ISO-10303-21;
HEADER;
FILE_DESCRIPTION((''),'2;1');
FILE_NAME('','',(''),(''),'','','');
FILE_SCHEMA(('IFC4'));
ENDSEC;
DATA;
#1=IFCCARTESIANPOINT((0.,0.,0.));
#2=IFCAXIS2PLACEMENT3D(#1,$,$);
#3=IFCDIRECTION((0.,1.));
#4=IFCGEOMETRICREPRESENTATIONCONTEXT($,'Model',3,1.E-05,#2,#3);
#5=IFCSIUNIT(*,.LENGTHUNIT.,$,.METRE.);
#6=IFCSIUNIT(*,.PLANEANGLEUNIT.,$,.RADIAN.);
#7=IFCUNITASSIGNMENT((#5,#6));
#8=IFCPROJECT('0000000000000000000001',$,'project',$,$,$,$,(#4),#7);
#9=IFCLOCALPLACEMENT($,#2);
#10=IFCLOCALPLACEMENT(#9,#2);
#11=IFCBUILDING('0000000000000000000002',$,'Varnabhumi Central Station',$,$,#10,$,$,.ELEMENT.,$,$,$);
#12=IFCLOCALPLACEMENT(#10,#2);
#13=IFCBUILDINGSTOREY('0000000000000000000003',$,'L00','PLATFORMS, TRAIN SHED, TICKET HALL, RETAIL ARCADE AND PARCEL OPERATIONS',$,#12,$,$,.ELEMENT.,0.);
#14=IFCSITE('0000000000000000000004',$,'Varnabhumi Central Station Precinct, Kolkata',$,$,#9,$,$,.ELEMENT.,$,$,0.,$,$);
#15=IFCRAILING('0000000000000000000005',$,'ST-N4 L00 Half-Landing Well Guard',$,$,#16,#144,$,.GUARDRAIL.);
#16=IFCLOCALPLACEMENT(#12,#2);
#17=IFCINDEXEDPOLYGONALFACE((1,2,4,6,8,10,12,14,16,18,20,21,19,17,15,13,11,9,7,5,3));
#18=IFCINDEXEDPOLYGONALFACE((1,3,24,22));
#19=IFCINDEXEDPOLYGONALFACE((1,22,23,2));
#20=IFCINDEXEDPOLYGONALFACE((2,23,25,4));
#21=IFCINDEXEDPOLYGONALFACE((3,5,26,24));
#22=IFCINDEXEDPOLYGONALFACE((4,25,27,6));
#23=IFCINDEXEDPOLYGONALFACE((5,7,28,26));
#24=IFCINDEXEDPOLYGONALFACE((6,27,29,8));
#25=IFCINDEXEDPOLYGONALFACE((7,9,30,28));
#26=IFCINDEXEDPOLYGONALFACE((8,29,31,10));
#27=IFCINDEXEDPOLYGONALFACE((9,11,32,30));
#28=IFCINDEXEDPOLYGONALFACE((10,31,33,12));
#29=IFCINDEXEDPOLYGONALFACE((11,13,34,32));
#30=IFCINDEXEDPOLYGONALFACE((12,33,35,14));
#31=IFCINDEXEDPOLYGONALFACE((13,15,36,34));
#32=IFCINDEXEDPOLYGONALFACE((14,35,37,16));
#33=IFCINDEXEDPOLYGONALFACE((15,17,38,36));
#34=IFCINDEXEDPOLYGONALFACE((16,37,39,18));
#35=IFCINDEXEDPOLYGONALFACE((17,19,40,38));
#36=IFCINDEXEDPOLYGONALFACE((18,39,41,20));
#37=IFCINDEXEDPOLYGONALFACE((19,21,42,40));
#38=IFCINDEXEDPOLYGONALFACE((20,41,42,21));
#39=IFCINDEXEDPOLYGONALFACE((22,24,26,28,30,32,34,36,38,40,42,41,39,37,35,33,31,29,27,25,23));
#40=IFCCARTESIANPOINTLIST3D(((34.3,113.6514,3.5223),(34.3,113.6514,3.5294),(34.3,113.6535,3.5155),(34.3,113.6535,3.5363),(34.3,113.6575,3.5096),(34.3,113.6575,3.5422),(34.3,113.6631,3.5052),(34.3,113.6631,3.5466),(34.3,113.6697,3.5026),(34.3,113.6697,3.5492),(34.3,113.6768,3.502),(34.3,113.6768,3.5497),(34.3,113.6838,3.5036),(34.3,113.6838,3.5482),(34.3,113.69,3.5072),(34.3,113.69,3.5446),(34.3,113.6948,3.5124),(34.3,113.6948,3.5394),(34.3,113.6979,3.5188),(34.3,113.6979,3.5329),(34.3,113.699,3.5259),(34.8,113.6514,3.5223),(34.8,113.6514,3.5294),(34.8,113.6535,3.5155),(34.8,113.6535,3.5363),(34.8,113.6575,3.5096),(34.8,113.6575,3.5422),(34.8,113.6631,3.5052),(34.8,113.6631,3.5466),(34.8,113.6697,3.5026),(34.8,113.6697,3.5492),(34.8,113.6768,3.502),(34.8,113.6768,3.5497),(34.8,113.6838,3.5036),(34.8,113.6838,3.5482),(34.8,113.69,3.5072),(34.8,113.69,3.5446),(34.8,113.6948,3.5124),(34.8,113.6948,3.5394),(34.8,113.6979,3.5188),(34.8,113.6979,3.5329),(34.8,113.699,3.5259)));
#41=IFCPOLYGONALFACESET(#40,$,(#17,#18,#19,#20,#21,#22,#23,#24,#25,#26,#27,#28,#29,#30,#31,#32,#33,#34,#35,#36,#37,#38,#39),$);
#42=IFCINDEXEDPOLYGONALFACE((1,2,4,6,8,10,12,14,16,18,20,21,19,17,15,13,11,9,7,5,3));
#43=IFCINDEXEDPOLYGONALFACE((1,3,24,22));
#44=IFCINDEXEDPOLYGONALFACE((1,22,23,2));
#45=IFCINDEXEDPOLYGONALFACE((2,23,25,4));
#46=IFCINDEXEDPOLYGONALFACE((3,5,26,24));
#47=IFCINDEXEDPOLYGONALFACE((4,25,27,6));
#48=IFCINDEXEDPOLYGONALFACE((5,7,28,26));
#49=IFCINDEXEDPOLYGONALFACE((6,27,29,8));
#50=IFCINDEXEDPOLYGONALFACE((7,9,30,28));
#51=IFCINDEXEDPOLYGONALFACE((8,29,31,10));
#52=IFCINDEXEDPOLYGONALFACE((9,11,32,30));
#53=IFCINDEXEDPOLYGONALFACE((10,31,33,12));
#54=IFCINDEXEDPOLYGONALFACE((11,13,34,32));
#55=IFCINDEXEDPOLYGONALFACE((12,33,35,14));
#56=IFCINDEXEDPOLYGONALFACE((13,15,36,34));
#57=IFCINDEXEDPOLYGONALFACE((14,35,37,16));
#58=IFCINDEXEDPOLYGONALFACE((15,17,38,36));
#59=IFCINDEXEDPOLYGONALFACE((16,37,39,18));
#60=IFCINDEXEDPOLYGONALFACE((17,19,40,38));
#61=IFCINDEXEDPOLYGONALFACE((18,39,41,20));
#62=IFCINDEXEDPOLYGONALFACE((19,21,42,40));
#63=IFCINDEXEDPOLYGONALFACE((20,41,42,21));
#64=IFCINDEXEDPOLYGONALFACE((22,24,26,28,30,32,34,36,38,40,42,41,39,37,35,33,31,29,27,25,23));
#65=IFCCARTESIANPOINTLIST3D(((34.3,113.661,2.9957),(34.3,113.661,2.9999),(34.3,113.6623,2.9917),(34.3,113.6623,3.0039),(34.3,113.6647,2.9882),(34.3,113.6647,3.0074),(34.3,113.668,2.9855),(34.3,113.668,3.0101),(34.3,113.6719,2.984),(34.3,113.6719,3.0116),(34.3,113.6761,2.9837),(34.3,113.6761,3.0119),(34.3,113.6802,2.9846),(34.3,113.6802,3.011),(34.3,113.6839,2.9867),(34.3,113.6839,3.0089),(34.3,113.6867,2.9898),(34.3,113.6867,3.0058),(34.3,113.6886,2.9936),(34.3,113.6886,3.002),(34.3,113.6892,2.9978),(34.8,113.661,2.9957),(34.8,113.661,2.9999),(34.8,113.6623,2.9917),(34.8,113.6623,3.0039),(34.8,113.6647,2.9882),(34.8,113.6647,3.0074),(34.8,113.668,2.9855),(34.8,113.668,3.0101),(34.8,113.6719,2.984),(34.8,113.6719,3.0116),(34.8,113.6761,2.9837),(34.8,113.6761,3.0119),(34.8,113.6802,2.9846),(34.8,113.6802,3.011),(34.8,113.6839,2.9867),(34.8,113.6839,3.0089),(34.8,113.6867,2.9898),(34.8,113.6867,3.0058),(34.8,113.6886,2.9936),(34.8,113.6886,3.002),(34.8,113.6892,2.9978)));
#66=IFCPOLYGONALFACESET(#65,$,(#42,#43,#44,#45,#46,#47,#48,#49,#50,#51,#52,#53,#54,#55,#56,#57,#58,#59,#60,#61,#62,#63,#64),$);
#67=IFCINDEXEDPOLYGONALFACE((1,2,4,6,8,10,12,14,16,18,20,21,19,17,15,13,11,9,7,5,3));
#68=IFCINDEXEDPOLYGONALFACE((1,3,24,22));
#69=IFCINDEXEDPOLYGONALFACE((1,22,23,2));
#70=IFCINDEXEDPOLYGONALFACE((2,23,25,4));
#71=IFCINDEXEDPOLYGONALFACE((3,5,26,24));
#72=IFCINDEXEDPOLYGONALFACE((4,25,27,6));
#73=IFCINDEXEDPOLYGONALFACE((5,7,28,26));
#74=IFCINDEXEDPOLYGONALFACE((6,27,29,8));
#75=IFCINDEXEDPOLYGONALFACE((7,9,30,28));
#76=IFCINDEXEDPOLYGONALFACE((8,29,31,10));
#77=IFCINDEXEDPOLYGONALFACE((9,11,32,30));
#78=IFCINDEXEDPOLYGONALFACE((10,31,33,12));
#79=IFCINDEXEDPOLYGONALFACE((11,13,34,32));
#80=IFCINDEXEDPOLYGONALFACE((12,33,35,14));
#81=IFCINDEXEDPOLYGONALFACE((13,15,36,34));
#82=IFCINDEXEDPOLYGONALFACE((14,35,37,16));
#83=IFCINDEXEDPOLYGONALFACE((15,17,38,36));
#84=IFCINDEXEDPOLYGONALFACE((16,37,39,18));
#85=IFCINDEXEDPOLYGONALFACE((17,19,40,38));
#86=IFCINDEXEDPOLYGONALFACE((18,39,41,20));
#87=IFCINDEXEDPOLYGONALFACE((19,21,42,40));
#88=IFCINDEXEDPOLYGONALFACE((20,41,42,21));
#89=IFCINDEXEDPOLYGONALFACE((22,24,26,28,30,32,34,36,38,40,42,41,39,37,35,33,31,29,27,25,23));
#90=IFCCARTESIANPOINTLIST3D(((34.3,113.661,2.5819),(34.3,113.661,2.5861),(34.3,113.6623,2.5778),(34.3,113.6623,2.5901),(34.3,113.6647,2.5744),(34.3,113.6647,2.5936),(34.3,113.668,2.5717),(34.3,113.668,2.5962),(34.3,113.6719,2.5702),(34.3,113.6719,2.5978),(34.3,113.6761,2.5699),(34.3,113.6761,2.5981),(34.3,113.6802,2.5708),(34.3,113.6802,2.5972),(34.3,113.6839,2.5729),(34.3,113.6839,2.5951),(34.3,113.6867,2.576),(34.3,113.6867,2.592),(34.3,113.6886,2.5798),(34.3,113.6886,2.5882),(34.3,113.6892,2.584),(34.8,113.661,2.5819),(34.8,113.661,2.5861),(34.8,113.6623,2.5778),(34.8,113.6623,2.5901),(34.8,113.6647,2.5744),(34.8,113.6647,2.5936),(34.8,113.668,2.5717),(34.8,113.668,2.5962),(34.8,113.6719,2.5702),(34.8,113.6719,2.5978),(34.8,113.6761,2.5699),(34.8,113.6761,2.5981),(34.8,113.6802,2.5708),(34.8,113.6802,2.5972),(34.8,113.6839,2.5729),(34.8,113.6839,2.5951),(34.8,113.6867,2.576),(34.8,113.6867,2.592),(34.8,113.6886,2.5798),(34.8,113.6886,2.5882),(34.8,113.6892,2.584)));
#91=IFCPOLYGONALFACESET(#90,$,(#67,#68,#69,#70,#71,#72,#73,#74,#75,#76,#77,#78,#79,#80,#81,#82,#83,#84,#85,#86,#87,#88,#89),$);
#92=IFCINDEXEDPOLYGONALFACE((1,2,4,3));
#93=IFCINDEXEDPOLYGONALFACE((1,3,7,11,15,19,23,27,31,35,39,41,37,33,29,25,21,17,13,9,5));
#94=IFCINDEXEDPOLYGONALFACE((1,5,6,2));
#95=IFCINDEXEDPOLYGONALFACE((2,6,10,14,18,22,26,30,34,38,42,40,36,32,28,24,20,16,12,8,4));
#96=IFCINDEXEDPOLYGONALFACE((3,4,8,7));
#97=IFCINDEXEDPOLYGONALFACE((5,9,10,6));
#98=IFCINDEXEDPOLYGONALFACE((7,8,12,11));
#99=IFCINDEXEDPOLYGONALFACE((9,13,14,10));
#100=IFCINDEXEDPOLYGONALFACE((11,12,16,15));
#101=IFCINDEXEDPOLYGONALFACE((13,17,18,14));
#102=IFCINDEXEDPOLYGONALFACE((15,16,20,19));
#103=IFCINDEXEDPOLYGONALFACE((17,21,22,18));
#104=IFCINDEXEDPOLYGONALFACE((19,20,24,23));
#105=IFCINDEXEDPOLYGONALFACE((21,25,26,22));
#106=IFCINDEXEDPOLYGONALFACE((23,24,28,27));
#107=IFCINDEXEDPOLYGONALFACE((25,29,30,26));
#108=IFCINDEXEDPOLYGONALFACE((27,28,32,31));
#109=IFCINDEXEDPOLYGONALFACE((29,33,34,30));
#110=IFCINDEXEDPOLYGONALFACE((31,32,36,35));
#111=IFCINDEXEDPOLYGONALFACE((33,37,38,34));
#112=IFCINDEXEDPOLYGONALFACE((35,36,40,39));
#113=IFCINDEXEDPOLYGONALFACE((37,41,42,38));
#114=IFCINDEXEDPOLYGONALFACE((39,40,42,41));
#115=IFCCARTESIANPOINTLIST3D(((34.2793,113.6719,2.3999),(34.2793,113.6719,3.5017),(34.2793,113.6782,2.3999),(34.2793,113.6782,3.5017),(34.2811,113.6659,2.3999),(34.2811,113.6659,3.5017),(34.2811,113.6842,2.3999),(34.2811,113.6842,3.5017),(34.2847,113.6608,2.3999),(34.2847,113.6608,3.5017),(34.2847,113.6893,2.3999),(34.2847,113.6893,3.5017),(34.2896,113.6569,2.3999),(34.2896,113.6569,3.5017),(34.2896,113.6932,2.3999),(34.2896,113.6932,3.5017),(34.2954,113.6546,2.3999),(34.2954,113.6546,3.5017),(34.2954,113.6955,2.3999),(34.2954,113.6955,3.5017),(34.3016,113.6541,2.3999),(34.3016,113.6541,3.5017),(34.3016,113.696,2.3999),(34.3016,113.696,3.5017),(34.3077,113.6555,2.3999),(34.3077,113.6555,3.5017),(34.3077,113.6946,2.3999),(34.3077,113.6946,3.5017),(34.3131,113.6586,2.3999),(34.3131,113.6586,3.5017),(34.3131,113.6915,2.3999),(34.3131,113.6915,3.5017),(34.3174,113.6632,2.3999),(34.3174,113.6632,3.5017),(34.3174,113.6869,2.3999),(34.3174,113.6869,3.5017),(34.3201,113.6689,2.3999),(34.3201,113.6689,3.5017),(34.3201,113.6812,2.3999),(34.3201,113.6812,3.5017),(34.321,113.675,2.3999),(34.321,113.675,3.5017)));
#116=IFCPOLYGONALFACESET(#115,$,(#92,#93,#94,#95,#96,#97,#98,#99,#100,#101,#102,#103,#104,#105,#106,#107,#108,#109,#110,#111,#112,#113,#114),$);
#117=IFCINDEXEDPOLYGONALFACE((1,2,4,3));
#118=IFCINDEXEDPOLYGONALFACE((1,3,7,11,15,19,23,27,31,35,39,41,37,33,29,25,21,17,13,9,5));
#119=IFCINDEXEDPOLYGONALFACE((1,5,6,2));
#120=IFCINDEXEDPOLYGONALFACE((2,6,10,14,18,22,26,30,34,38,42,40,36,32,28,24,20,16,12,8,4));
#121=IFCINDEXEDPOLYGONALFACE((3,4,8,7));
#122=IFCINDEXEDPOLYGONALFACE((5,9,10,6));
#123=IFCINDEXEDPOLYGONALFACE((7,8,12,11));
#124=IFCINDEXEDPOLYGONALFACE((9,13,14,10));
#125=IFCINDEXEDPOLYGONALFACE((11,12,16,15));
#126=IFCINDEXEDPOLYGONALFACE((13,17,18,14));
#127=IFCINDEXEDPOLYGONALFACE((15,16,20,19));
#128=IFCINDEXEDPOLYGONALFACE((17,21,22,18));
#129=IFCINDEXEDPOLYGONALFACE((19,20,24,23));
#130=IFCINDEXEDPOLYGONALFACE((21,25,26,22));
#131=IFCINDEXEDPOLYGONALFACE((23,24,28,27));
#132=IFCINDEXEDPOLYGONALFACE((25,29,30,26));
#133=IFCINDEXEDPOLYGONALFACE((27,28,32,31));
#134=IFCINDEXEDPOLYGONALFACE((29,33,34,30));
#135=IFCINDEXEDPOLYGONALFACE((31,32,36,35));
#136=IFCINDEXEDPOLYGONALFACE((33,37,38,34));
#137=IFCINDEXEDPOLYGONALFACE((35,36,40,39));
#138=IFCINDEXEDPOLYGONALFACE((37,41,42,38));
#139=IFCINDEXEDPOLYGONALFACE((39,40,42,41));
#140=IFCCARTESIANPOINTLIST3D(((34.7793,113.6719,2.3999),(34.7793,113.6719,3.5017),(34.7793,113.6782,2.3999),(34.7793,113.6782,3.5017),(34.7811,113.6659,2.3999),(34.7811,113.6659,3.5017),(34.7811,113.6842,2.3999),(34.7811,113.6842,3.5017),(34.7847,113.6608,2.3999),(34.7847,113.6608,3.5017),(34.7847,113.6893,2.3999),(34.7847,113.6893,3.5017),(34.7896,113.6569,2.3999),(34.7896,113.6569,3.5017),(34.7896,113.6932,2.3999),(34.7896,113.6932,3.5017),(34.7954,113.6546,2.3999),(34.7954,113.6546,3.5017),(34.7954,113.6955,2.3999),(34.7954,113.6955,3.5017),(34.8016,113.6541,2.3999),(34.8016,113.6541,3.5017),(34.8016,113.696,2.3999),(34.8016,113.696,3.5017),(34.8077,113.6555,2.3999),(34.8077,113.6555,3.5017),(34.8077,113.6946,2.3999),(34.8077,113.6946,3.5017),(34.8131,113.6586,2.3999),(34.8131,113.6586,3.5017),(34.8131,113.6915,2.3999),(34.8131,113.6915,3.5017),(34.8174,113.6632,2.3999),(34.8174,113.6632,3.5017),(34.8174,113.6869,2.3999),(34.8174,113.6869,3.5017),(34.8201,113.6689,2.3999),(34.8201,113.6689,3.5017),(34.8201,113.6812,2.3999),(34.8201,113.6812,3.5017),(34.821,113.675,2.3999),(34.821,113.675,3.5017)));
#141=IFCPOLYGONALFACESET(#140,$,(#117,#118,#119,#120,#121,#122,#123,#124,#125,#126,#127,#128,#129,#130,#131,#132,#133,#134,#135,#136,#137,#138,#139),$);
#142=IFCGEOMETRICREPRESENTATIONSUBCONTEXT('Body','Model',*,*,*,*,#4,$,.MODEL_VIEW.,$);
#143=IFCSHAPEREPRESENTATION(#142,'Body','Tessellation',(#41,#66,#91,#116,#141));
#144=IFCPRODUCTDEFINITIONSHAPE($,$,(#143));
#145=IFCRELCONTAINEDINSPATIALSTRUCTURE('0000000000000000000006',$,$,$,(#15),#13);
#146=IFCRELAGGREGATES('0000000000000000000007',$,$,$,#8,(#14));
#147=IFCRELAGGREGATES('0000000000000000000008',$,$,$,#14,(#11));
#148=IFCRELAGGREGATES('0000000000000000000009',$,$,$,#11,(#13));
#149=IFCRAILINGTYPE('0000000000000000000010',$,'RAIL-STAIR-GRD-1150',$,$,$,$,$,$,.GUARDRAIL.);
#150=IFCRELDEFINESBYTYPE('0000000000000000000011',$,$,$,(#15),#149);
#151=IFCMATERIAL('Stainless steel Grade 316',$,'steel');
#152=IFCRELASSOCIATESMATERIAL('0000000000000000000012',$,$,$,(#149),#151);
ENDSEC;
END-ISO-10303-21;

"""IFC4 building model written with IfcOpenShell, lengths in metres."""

from ifc_helpers import new_model, si_unit, direction, frame, origin, origin_2d, place, context, subcontext, project, spatial, circle, extrude, material, type_object, element, save


model = new_model("IFC4")

# Units and contexts
model_context = context("Model", 3, precision=1e-05, world=origin(), true_north=direction((0.0, 1.0)))
body_context = subcontext(model_context, "Body", "Model", "MODEL_VIEW")
ifc_project = project(units=[si_unit("LENGTHUNIT", "METRE"), si_unit("PLANEANGLEUNIT", "RADIAN")], contexts=[model_context])

# Site, building, storey
site_placement = place(None, origin())
site = spatial("IfcSite", under=ifc_project, at=site_placement, Name="Varnabhumi Central Station Precinct, Kolkata", CompositionType="ELEMENT", RefElevation=0.0)
building_placement = place(site_placement, origin())
building = spatial("IfcBuilding", under=site, at=building_placement, Name="Varnabhumi Central Station", CompositionType="ELEMENT")
storey_placement = place(building_placement, origin())
storey = spatial("IfcBuildingStorey", under=building, at=storey_placement, Name="L00", Description="PLATFORMS, TRAIN SHED, TICKET HALL, RETAIL ARCADE AND PARCEL OPERATIONS", CompositionType="ELEMENT", Elevation=0.0)

# Shared definitions
ifc_material_1 = material(Name="Stainless steel Grade 316", Category="steel")

# Railing
railing_type_1 = type_object("IfcRailingType", Name="RAIL-STAIR-GRD-1150", PredefinedType="GUARDRAIL", material=ifc_material_1)
for number, where, name in (
    (1, (34.3, 113.675, 2.3999), "ST-N4 L00 Half-Landing Well Guard"),
):
    element("IfcRailing", number, at=place(storey_placement, frame(where)), inside=storey, type_object=railing_type_1, Name=name, PredefinedType="GUARDRAIL", context=body_context, shape_type="SweptSolid", body=[
        extrude(circle(Radius=0.0239, at=origin_2d()), frame((0.0, 0.0, 1.126), z_axis=(1.0, 0.0, 0.0), x_axis=(0.0, 1.0, 0.0)), (0.0, 0.0, 1.0), 0.5),
        extrude(circle(Radius=0.0142, at=origin_2d()), frame((0.0, 0.0, 0.5979), z_axis=(1.0, 0.0, 0.0), x_axis=(0.0, 1.0, 0.0)), (0.0, 0.0, 1.0), 0.5),
        extrude(circle(Radius=0.0142, at=origin_2d()), frame((0.0, 0.0, 0.1841), z_axis=(1.0, 0.0, 0.0), x_axis=(0.0, 1.0, 0.0)), (0.0, 0.0, 1.0), 0.5),
        extrude(circle(Radius=0.021, at=origin_2d()), origin(), (0.0, 0.0, 1.0), 1.1018),
        extrude(circle(Radius=0.021, at=origin_2d()), frame((0.5, 0.0, 0.0)), (0.0, 0.0, 1.0), 1.1018),
    ])

save(model, "model.ifc")
